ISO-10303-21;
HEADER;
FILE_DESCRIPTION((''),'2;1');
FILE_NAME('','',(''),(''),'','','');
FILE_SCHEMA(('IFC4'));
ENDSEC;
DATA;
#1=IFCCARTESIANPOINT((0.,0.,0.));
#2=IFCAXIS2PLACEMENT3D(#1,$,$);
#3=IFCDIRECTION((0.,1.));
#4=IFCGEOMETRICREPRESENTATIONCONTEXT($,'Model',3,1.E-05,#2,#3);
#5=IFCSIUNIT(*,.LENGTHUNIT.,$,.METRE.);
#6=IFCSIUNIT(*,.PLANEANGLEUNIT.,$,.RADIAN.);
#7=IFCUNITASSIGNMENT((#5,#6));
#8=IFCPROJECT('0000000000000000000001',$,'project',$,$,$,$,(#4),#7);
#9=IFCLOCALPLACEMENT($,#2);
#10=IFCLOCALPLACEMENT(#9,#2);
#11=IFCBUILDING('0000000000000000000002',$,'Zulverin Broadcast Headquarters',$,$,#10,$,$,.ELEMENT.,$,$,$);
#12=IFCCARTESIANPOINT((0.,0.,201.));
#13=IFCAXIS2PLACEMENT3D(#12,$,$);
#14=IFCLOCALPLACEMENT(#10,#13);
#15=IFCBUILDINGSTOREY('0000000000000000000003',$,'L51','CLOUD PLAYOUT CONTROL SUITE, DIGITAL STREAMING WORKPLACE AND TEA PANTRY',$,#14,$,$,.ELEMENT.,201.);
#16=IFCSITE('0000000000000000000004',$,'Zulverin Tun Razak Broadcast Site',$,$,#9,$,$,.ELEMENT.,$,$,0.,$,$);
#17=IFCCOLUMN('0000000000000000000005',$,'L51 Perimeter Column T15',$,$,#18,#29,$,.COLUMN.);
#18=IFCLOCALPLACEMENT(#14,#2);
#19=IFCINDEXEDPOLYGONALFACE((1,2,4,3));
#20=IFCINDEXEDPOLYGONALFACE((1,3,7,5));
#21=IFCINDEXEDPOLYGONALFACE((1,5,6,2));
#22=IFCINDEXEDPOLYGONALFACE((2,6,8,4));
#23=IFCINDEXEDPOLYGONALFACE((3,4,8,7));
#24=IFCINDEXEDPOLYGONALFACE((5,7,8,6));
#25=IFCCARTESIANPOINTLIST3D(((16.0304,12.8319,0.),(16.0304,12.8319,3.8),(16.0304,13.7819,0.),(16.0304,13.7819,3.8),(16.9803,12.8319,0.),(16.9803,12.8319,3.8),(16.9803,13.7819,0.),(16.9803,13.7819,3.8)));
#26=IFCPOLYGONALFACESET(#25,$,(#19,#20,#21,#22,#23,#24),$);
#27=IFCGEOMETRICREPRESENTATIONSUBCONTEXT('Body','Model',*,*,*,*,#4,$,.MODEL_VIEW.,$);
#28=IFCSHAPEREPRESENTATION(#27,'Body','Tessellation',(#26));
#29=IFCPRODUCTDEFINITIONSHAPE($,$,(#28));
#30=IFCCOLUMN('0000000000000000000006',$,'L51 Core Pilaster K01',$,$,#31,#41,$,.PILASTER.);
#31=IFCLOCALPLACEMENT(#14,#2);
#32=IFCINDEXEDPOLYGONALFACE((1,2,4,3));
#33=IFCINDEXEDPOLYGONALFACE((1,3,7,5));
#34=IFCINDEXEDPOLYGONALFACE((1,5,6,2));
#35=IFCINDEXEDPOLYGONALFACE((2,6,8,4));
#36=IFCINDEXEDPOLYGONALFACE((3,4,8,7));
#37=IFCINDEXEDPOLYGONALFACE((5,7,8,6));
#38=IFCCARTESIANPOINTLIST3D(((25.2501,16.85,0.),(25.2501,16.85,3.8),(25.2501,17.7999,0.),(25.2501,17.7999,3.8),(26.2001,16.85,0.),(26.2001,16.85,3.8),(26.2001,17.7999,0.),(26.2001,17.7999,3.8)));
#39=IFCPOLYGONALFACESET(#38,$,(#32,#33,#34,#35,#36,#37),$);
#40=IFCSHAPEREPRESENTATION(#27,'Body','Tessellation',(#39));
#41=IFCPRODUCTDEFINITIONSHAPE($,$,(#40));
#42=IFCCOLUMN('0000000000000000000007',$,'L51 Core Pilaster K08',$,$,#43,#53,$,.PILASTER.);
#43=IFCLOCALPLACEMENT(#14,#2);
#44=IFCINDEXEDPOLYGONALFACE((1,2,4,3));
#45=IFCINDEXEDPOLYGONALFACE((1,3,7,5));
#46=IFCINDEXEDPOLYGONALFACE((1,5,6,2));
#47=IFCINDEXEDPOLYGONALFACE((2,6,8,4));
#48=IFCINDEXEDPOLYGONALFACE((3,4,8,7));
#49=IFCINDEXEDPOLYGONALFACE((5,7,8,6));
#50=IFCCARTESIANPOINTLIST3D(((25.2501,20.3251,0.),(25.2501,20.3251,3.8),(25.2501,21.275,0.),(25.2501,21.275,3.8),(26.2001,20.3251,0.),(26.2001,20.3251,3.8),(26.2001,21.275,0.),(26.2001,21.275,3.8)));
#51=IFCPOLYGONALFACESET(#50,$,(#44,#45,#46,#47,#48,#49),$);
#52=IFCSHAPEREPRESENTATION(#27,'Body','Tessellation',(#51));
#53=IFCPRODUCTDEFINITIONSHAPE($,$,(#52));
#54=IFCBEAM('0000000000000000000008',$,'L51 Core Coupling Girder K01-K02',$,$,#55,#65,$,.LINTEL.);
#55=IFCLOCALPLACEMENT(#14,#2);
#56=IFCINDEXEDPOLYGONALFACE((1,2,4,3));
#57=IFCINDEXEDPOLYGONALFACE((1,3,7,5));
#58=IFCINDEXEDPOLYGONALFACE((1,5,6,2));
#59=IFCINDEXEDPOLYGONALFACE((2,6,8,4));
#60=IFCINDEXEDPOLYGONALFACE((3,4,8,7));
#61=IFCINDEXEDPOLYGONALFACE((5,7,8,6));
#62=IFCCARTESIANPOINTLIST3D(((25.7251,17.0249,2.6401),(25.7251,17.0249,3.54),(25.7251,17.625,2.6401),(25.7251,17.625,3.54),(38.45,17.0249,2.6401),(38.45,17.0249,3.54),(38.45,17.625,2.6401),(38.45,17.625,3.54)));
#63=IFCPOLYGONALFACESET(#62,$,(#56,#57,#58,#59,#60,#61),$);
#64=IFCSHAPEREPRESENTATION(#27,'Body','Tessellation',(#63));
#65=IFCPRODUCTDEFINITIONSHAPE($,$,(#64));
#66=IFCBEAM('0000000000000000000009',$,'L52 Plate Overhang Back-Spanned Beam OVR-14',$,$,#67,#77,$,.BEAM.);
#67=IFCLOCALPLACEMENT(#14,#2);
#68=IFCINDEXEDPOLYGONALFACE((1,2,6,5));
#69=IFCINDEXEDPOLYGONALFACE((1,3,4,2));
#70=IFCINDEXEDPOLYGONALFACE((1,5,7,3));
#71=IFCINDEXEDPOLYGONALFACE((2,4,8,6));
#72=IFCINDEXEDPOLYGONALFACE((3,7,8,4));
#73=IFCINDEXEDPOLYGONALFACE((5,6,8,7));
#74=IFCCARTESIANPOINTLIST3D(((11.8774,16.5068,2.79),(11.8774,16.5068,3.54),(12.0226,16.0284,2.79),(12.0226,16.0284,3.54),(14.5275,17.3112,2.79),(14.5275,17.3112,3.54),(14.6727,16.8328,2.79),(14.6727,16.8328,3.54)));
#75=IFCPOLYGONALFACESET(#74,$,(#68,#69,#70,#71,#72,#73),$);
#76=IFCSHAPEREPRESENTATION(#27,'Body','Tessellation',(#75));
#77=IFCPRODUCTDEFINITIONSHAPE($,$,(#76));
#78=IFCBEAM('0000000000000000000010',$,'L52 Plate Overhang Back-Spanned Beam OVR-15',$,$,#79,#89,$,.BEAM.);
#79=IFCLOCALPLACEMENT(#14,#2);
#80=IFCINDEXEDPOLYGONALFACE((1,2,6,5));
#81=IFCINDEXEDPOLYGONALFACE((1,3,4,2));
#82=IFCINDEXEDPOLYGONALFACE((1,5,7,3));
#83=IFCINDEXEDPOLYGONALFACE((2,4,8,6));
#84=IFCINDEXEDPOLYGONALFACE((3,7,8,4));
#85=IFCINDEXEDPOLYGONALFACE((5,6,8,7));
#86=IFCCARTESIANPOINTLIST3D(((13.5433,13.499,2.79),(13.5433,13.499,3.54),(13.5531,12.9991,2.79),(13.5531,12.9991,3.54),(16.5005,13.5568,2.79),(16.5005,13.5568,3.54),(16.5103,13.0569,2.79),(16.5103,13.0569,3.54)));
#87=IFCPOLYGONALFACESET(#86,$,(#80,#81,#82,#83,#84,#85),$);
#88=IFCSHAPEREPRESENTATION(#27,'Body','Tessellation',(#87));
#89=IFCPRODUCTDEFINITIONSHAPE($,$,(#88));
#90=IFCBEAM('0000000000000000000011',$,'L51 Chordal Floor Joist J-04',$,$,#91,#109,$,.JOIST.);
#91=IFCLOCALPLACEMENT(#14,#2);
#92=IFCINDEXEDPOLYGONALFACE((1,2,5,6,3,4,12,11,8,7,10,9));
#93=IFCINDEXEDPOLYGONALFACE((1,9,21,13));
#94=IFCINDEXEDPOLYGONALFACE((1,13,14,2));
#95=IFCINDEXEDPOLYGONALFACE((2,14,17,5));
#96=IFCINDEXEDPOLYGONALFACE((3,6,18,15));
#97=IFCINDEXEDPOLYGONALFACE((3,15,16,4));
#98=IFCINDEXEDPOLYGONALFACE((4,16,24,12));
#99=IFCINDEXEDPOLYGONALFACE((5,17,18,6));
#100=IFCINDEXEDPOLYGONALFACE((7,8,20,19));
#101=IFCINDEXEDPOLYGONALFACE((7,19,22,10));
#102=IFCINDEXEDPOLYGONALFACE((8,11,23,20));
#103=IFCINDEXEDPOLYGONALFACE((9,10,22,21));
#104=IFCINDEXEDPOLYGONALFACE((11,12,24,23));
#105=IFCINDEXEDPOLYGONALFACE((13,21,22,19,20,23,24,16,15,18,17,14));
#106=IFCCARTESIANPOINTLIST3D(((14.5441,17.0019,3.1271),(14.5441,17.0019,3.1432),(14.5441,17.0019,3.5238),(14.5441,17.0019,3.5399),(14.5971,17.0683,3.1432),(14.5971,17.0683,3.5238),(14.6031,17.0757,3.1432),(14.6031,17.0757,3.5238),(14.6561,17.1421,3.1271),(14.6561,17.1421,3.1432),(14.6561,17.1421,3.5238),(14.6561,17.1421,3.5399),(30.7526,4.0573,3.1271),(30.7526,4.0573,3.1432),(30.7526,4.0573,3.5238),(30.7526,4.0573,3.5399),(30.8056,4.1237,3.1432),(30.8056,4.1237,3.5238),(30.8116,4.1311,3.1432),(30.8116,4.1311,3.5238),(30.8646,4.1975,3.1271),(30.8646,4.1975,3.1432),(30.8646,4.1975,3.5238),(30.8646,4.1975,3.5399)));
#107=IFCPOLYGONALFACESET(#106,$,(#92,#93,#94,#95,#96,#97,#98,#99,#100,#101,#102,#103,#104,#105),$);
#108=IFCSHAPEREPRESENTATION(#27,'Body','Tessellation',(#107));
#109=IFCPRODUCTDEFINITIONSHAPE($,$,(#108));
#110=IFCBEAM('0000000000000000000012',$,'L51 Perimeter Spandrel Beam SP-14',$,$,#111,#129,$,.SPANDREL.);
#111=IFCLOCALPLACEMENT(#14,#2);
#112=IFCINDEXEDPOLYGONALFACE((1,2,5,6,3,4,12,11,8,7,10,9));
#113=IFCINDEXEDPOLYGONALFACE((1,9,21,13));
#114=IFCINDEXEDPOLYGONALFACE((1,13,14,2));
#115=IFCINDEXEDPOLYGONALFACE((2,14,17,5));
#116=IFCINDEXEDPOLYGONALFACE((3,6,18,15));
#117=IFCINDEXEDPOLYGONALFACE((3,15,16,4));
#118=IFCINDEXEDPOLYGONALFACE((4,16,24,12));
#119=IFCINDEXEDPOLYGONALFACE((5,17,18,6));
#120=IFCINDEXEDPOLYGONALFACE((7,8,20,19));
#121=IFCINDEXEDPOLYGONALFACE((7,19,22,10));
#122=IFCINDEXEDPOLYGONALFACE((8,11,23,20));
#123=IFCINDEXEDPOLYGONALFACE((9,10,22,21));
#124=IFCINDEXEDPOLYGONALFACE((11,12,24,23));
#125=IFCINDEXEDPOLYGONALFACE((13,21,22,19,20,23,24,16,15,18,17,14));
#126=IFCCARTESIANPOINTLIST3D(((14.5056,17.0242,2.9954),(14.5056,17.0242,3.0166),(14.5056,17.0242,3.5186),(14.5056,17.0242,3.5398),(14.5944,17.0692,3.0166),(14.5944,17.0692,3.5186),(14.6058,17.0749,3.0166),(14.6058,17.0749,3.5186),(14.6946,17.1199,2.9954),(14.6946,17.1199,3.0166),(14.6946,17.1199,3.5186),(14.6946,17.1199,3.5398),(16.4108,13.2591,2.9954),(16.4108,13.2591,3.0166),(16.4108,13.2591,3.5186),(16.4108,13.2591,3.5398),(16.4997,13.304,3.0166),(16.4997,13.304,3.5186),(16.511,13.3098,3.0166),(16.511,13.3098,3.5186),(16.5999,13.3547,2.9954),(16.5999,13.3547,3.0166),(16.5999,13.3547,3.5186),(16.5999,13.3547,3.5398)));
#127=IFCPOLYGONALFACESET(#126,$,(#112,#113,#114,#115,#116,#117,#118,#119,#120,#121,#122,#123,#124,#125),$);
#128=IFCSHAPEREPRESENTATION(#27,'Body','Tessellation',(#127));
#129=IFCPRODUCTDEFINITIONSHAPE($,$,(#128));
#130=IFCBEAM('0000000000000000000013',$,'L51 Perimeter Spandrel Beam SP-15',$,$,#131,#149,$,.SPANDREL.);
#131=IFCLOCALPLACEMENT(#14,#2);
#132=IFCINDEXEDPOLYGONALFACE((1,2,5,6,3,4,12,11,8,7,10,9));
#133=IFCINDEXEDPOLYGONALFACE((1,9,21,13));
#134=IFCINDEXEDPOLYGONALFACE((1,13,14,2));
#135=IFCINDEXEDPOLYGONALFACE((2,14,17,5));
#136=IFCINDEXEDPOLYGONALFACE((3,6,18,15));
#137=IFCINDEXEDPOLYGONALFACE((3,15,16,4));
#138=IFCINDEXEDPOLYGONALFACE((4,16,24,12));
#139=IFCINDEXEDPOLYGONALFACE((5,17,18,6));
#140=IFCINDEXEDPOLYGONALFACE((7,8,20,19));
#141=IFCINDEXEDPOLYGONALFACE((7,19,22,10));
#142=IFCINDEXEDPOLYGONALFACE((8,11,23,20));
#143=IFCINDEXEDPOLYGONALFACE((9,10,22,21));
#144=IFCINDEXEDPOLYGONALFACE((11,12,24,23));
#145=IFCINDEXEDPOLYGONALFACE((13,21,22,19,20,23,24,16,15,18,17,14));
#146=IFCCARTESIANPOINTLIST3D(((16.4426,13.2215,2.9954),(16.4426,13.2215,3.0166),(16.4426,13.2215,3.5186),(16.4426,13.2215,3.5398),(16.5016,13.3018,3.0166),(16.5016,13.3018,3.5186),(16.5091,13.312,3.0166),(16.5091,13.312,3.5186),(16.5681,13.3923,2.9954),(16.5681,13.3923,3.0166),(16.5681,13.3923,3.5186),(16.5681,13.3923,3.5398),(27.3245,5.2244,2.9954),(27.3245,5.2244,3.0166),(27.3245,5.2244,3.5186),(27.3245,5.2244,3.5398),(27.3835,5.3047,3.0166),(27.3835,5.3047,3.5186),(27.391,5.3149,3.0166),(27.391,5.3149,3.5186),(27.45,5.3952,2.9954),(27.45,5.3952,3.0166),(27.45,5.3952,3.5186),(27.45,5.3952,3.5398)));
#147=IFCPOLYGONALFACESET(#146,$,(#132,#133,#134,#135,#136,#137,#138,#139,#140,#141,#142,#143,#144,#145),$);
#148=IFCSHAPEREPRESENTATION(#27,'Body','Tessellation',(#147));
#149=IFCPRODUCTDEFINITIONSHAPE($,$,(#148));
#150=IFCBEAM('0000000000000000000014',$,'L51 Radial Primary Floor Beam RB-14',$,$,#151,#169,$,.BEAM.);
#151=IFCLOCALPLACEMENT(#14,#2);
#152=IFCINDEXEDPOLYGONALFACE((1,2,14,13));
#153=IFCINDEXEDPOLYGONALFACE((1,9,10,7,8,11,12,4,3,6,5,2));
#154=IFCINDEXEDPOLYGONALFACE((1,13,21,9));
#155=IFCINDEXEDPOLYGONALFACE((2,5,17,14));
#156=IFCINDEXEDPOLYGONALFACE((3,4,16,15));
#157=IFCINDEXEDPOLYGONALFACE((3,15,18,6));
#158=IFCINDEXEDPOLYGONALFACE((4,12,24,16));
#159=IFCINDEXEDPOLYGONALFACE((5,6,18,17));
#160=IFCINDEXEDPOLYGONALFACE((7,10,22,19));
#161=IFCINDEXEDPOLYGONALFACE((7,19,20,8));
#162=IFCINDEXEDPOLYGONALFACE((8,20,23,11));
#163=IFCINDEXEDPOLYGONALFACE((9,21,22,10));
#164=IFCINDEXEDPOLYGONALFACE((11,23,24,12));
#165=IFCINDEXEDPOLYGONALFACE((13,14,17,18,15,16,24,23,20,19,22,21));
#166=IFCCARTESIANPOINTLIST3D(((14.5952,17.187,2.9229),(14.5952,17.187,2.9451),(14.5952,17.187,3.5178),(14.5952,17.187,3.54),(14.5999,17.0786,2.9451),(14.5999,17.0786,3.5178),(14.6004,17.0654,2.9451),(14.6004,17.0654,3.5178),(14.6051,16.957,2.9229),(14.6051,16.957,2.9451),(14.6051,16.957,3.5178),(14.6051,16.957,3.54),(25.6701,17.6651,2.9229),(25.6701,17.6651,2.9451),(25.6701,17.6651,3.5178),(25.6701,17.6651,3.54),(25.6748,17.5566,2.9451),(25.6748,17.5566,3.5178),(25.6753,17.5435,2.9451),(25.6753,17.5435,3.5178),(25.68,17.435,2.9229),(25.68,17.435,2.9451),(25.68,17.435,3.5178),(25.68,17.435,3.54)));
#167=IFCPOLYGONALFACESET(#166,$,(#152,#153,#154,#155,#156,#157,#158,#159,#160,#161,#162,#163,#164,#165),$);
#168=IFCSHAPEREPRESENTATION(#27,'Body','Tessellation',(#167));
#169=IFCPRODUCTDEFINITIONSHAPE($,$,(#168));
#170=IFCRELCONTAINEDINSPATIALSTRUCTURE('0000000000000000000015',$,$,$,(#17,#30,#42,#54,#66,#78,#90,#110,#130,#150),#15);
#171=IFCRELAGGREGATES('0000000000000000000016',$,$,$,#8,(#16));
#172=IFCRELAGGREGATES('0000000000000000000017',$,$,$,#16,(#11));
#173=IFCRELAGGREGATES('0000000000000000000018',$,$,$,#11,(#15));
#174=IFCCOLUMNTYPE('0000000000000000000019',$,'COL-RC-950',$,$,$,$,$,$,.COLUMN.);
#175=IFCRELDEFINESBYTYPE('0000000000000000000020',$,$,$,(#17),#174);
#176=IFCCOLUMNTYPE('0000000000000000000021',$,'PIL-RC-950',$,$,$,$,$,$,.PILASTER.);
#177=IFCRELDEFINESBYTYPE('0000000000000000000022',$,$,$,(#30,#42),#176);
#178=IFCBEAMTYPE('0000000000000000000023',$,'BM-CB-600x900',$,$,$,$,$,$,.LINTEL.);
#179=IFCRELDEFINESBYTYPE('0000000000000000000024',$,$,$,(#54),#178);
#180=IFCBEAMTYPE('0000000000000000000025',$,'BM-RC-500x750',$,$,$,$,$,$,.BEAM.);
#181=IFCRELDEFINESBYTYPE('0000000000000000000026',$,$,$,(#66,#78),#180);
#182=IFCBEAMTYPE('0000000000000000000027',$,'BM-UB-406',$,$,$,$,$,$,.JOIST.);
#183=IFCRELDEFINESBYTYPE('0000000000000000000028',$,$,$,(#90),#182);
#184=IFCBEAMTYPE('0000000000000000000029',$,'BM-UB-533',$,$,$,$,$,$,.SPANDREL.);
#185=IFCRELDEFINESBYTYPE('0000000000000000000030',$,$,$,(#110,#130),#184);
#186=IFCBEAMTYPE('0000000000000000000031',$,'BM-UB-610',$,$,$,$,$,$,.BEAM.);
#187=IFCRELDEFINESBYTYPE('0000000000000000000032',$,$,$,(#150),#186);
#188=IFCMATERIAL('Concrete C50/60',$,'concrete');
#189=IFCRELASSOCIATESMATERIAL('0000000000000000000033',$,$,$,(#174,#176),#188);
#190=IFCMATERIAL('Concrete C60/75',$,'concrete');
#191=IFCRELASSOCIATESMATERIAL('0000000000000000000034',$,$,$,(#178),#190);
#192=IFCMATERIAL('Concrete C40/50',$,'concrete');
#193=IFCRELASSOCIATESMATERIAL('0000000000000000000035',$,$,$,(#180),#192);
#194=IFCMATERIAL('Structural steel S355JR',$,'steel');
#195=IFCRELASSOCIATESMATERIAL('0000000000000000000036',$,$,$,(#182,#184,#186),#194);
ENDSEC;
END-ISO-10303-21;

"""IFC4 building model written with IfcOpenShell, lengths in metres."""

from ifc_helpers import new_model, si_unit, direction, frame, origin, origin_2d, place, context, subcontext, project, spatial, rectangle, i_section, extrude, material, material_profile, profile_set, type_object, element, save


model = new_model("IFC4")

# Units and contexts
model_context = context("Model", 3, precision=1e-05, world=origin(), true_north=direction((0.0, 1.0)))
body_context = subcontext(model_context, "Body", "Model", "MODEL_VIEW")
ifc_project = project(units=[si_unit("LENGTHUNIT", "METRE"), si_unit("PLANEANGLEUNIT", "RADIAN")], contexts=[model_context])

# Site, building, storey
site_placement = place(None, origin())
site = spatial("IfcSite", under=ifc_project, at=site_placement, Name="Zulverin Tun Razak Broadcast Site", CompositionType="ELEMENT", RefElevation=0.0)
building_placement = place(site_placement, origin())
building = spatial("IfcBuilding", under=site, at=building_placement, Name="Zulverin Broadcast Headquarters", CompositionType="ELEMENT")
storey_placement = place(building_placement, frame((0.0, 0.0, 201.0)))
storey = spatial("IfcBuildingStorey", under=building, at=storey_placement, Name="L51", Description="CLOUD PLAYOUT CONTROL SUITE, DIGITAL STREAMING WORKPLACE AND TEA PANTRY", CompositionType="ELEMENT", Elevation=201.0)

# Columns
ifc_material_1 = material(Name="Concrete C50/60", Category="concrete")
ifc_material_profile_1 = material_profile(ifc_material_1, rectangle(XDim=0.95, YDim=0.95, at=origin_2d()), Name="Concrete C50/60", Category="concrete")
ifc_profile_set_1 = profile_set([ifc_material_profile_1], Name="Concrete C50/60")
column_type_1 = type_object("IfcColumnType", Name="COL-RC-950", PredefinedType="COLUMN", material=ifc_profile_set_1)
column_placement = place(storey_placement, frame((16.5054, 13.3069, 0.0), z_axis=(0.0, 0.0, 1.0), x_axis=(1.0, 0.0, 0.0)))
element("IfcColumn", 1, at=column_placement, inside=storey, type_object=column_type_1, Name="L51 Perimeter Column T15", PredefinedType="COLUMN", context=body_context, shape_type="SweptSolid", body=[
    extrude(rectangle(XDim=0.95, YDim=0.95, at=origin_2d()), origin(), (0.0, 0.0, 1.0), 3.8),
])
ifc_material_profile_2 = material_profile(ifc_material_1, rectangle(XDim=0.95, YDim=0.95, at=origin_2d()), Name="Concrete C50/60", Category="concrete")
ifc_profile_set_2 = profile_set([ifc_material_profile_2], Name="Concrete C50/60")
column_type_2 = type_object("IfcColumnType", Name="PIL-RC-950", PredefinedType="PILASTER", material=ifc_profile_set_2)
for number, where, z_axis, x_axis, name in (
    (2, (25.7251, 17.325, 0.0), (0.0, 0.0, 1.0), (1.0, 0.0, 0.0), "L51 Core Pilaster K01"),
    (3, (25.7251, 20.8, 0.0), (0.0, 0.0, 1.0), (1.0, 0.0, 0.0), "L51 Core Pilaster K08"),
):
    element("IfcColumn", number, at=place(storey_placement, frame(where, z_axis=z_axis, x_axis=x_axis)), inside=storey, type_object=column_type_2, Name=name, PredefinedType="PILASTER", context=body_context, shape_type="SweptSolid", body=[
        extrude(rectangle(XDim=0.95, YDim=0.95, at=origin_2d()), origin(), (0.0, 0.0, 1.0), 3.8),
    ])

# Beams
ifc_material_2 = material(Name="Concrete C60/75", Category="concrete")
ifc_material_profile_3 = material_profile(ifc_material_2, rectangle(XDim=0.6001, YDim=0.8999, at=origin_2d()), Name="Concrete C60/75", Category="concrete")
ifc_profile_set_3 = profile_set([ifc_material_profile_3], Name="Concrete C60/75")
beam_type_1 = type_object("IfcBeamType", Name="BM-CB-600x900", PredefinedType="LINTEL", material=ifc_profile_set_3)
beam_1_placement = place(storey_placement, frame((25.7251, 17.325, 3.0901), z_axis=(1.0, 0.0, 0.0), x_axis=(0.0, 1.0, 0.0)))
element("IfcBeam", 4, at=beam_1_placement, inside=storey, type_object=beam_type_1, Name="L51 Core Coupling Girder K01-K02", PredefinedType="LINTEL", context=body_context, shape_type="SweptSolid", body=[
    extrude(rectangle(XDim=0.6001, YDim=0.8999, at=origin_2d()), origin(), (0.0, 0.0, 1.0), 12.7249),
])
ifc_material_3 = material(Name="Concrete C40/50", Category="concrete")
ifc_material_profile_4 = material_profile(ifc_material_3, rectangle(XDim=0.5, YDim=0.75, at=origin_2d()), Name="Concrete C40/50", Category="concrete")
ifc_profile_set_4 = profile_set([ifc_material_profile_4], Name="Concrete C40/50")
beam_type_2 = type_object("IfcBeamType", Name="BM-RC-500x750", PredefinedType="BEAM", material=ifc_profile_set_4)
beam_2_placement = place(storey_placement, frame((14.6001, 17.072, 3.165), z_axis=(-0.956887, -0.29046, 0.0), x_axis=(0.29046, -0.956887, 0.0)))
element("IfcBeam", 5, at=beam_2_placement, inside=storey, type_object=beam_type_2, Name="L52 Plate Overhang Back-Spanned Beam OVR-14", PredefinedType="BEAM", context=body_context, shape_type="SweptSolid", body=[
    extrude(rectangle(XDim=0.5, YDim=0.75, at=origin_2d()), origin(), (0.0, 0.0, 1.0), 2.7695),
])
beam_3_placement = place(storey_placement, frame((16.5054, 13.3069, 3.165), z_axis=(-0.999809, -0.019562, 0.0), x_axis=(0.019562, -0.999809, 0.0)))
element("IfcBeam", 6, at=beam_3_placement, inside=storey, type_object=beam_type_2, Name="L52 Plate Overhang Back-Spanned Beam OVR-15", PredefinedType="BEAM", context=body_context, shape_type="SweptSolid", body=[
    extrude(rectangle(XDim=0.5, YDim=0.75, at=origin_2d()), origin(), (0.0, 0.0, 1.0), 2.9578),
])
ifc_material_4 = material(Name="Structural steel S355JR", Category="steel")
ifc_material_profile_5 = material_profile(ifc_material_4, i_section(OverallWidth=0.1794, OverallDepth=0.4128, WebThickness=0.0095, FlangeThickness=0.0161, at=origin_2d()), Name="Structural steel S355JR", Category="steel")
ifc_profile_set_5 = profile_set([ifc_material_profile_5], Name="Structural steel S355JR")
beam_type_3 = type_object("IfcBeamType", Name="BM-UB-406", PredefinedType="JOIST", material=ifc_profile_set_5)
beam_4_placement = place(storey_placement, frame((14.6001, 17.072, 3.3335), z_axis=(0.781391, -0.624042, 0.0), x_axis=(0.624042, 0.781391, 0.0)))
element("IfcBeam", 7, at=beam_4_placement, inside=storey, type_object=beam_type_3, Name="L51 Chordal Floor Joist J-04", PredefinedType="JOIST", context=body_context, shape_type="SweptSolid", body=[
    extrude(i_section(OverallWidth=0.1794, OverallDepth=0.4128, WebThickness=0.0095, FlangeThickness=0.0161, at=origin_2d()), origin(), (0.0, 0.0, 1.0), 20.7432),
])
ifc_material_profile_6 = material_profile(ifc_material_4, i_section(OverallWidth=0.2119, OverallDepth=0.5444, WebThickness=0.0127, FlangeThickness=0.0212, at=origin_2d()), Name="Structural steel S355JR", Category="steel")
ifc_profile_set_6 = profile_set([ifc_material_profile_6], Name="Structural steel S355JR")
beam_type_4 = type_object("IfcBeamType", Name="BM-UB-533", PredefinedType="SPANDREL", material=ifc_profile_set_6)
beam_5_placement = place(storey_placement, frame((14.6001, 17.072, 3.2676), z_axis=(0.451513, -0.892265, 0.0), x_axis=(0.892265, 0.451513, 0.0)))
element("IfcBeam", 8, at=beam_5_placement, inside=storey, type_object=beam_type_4, Name="L51 Perimeter Spandrel Beam SP-14", PredefinedType="SPANDREL", context=body_context, shape_type="SweptSolid", body=[
    extrude(i_section(OverallWidth=0.2119, OverallDepth=0.5444, WebThickness=0.0127, FlangeThickness=0.0212, at=origin_2d()), origin(), (0.0, 0.0, 1.0), 4.2197),
])
beam_6_placement = place(storey_placement, frame((16.5054, 13.3069, 3.2676), z_axis=(0.805802, -0.592185, 0.0), x_axis=(0.592185, 0.805802, 0.0)))
element("IfcBeam", 9, at=beam_6_placement, inside=storey, type_object=beam_type_4, Name="L51 Perimeter Spandrel Beam SP-15", PredefinedType="SPANDREL", context=body_context, shape_type="SweptSolid", body=[
    extrude(i_section(OverallWidth=0.2119, OverallDepth=0.5444, WebThickness=0.0127, FlangeThickness=0.0212, at=origin_2d()), origin(), (0.0, 0.0, 1.0), 13.5044),
])
ifc_material_profile_7 = material_profile(ifc_material_4, i_section(OverallWidth=0.2302, OverallDepth=0.6172, WebThickness=0.0132, FlangeThickness=0.0222, at=origin_2d()), Name="Structural steel S355JR", Category="steel")
ifc_profile_set_7 = profile_set([ifc_material_profile_7], Name="Structural steel S355JR")
beam_type_5 = type_object("IfcBeamType", Name="BM-UB-610", PredefinedType="BEAM", material=ifc_profile_set_7)
beam_7_placement = place(storey_placement, frame((25.675, 17.55, 3.2314), z_axis=(-0.99907, -0.043123, 0.0), x_axis=(0.043123, -0.99907, 0.0)))
element("IfcBeam", 10, at=beam_7_placement, inside=storey, type_object=beam_type_5, Name="L51 Radial Primary Floor Beam RB-14", PredefinedType="BEAM", context=body_context, shape_type="SweptSolid", body=[
    extrude(i_section(OverallWidth=0.2302, OverallDepth=0.6172, WebThickness=0.0132, FlangeThickness=0.0222, at=origin_2d()), origin(), (0.0, 0.0, 1.0), 11.0852),
])

save(model, "model.ifc")
